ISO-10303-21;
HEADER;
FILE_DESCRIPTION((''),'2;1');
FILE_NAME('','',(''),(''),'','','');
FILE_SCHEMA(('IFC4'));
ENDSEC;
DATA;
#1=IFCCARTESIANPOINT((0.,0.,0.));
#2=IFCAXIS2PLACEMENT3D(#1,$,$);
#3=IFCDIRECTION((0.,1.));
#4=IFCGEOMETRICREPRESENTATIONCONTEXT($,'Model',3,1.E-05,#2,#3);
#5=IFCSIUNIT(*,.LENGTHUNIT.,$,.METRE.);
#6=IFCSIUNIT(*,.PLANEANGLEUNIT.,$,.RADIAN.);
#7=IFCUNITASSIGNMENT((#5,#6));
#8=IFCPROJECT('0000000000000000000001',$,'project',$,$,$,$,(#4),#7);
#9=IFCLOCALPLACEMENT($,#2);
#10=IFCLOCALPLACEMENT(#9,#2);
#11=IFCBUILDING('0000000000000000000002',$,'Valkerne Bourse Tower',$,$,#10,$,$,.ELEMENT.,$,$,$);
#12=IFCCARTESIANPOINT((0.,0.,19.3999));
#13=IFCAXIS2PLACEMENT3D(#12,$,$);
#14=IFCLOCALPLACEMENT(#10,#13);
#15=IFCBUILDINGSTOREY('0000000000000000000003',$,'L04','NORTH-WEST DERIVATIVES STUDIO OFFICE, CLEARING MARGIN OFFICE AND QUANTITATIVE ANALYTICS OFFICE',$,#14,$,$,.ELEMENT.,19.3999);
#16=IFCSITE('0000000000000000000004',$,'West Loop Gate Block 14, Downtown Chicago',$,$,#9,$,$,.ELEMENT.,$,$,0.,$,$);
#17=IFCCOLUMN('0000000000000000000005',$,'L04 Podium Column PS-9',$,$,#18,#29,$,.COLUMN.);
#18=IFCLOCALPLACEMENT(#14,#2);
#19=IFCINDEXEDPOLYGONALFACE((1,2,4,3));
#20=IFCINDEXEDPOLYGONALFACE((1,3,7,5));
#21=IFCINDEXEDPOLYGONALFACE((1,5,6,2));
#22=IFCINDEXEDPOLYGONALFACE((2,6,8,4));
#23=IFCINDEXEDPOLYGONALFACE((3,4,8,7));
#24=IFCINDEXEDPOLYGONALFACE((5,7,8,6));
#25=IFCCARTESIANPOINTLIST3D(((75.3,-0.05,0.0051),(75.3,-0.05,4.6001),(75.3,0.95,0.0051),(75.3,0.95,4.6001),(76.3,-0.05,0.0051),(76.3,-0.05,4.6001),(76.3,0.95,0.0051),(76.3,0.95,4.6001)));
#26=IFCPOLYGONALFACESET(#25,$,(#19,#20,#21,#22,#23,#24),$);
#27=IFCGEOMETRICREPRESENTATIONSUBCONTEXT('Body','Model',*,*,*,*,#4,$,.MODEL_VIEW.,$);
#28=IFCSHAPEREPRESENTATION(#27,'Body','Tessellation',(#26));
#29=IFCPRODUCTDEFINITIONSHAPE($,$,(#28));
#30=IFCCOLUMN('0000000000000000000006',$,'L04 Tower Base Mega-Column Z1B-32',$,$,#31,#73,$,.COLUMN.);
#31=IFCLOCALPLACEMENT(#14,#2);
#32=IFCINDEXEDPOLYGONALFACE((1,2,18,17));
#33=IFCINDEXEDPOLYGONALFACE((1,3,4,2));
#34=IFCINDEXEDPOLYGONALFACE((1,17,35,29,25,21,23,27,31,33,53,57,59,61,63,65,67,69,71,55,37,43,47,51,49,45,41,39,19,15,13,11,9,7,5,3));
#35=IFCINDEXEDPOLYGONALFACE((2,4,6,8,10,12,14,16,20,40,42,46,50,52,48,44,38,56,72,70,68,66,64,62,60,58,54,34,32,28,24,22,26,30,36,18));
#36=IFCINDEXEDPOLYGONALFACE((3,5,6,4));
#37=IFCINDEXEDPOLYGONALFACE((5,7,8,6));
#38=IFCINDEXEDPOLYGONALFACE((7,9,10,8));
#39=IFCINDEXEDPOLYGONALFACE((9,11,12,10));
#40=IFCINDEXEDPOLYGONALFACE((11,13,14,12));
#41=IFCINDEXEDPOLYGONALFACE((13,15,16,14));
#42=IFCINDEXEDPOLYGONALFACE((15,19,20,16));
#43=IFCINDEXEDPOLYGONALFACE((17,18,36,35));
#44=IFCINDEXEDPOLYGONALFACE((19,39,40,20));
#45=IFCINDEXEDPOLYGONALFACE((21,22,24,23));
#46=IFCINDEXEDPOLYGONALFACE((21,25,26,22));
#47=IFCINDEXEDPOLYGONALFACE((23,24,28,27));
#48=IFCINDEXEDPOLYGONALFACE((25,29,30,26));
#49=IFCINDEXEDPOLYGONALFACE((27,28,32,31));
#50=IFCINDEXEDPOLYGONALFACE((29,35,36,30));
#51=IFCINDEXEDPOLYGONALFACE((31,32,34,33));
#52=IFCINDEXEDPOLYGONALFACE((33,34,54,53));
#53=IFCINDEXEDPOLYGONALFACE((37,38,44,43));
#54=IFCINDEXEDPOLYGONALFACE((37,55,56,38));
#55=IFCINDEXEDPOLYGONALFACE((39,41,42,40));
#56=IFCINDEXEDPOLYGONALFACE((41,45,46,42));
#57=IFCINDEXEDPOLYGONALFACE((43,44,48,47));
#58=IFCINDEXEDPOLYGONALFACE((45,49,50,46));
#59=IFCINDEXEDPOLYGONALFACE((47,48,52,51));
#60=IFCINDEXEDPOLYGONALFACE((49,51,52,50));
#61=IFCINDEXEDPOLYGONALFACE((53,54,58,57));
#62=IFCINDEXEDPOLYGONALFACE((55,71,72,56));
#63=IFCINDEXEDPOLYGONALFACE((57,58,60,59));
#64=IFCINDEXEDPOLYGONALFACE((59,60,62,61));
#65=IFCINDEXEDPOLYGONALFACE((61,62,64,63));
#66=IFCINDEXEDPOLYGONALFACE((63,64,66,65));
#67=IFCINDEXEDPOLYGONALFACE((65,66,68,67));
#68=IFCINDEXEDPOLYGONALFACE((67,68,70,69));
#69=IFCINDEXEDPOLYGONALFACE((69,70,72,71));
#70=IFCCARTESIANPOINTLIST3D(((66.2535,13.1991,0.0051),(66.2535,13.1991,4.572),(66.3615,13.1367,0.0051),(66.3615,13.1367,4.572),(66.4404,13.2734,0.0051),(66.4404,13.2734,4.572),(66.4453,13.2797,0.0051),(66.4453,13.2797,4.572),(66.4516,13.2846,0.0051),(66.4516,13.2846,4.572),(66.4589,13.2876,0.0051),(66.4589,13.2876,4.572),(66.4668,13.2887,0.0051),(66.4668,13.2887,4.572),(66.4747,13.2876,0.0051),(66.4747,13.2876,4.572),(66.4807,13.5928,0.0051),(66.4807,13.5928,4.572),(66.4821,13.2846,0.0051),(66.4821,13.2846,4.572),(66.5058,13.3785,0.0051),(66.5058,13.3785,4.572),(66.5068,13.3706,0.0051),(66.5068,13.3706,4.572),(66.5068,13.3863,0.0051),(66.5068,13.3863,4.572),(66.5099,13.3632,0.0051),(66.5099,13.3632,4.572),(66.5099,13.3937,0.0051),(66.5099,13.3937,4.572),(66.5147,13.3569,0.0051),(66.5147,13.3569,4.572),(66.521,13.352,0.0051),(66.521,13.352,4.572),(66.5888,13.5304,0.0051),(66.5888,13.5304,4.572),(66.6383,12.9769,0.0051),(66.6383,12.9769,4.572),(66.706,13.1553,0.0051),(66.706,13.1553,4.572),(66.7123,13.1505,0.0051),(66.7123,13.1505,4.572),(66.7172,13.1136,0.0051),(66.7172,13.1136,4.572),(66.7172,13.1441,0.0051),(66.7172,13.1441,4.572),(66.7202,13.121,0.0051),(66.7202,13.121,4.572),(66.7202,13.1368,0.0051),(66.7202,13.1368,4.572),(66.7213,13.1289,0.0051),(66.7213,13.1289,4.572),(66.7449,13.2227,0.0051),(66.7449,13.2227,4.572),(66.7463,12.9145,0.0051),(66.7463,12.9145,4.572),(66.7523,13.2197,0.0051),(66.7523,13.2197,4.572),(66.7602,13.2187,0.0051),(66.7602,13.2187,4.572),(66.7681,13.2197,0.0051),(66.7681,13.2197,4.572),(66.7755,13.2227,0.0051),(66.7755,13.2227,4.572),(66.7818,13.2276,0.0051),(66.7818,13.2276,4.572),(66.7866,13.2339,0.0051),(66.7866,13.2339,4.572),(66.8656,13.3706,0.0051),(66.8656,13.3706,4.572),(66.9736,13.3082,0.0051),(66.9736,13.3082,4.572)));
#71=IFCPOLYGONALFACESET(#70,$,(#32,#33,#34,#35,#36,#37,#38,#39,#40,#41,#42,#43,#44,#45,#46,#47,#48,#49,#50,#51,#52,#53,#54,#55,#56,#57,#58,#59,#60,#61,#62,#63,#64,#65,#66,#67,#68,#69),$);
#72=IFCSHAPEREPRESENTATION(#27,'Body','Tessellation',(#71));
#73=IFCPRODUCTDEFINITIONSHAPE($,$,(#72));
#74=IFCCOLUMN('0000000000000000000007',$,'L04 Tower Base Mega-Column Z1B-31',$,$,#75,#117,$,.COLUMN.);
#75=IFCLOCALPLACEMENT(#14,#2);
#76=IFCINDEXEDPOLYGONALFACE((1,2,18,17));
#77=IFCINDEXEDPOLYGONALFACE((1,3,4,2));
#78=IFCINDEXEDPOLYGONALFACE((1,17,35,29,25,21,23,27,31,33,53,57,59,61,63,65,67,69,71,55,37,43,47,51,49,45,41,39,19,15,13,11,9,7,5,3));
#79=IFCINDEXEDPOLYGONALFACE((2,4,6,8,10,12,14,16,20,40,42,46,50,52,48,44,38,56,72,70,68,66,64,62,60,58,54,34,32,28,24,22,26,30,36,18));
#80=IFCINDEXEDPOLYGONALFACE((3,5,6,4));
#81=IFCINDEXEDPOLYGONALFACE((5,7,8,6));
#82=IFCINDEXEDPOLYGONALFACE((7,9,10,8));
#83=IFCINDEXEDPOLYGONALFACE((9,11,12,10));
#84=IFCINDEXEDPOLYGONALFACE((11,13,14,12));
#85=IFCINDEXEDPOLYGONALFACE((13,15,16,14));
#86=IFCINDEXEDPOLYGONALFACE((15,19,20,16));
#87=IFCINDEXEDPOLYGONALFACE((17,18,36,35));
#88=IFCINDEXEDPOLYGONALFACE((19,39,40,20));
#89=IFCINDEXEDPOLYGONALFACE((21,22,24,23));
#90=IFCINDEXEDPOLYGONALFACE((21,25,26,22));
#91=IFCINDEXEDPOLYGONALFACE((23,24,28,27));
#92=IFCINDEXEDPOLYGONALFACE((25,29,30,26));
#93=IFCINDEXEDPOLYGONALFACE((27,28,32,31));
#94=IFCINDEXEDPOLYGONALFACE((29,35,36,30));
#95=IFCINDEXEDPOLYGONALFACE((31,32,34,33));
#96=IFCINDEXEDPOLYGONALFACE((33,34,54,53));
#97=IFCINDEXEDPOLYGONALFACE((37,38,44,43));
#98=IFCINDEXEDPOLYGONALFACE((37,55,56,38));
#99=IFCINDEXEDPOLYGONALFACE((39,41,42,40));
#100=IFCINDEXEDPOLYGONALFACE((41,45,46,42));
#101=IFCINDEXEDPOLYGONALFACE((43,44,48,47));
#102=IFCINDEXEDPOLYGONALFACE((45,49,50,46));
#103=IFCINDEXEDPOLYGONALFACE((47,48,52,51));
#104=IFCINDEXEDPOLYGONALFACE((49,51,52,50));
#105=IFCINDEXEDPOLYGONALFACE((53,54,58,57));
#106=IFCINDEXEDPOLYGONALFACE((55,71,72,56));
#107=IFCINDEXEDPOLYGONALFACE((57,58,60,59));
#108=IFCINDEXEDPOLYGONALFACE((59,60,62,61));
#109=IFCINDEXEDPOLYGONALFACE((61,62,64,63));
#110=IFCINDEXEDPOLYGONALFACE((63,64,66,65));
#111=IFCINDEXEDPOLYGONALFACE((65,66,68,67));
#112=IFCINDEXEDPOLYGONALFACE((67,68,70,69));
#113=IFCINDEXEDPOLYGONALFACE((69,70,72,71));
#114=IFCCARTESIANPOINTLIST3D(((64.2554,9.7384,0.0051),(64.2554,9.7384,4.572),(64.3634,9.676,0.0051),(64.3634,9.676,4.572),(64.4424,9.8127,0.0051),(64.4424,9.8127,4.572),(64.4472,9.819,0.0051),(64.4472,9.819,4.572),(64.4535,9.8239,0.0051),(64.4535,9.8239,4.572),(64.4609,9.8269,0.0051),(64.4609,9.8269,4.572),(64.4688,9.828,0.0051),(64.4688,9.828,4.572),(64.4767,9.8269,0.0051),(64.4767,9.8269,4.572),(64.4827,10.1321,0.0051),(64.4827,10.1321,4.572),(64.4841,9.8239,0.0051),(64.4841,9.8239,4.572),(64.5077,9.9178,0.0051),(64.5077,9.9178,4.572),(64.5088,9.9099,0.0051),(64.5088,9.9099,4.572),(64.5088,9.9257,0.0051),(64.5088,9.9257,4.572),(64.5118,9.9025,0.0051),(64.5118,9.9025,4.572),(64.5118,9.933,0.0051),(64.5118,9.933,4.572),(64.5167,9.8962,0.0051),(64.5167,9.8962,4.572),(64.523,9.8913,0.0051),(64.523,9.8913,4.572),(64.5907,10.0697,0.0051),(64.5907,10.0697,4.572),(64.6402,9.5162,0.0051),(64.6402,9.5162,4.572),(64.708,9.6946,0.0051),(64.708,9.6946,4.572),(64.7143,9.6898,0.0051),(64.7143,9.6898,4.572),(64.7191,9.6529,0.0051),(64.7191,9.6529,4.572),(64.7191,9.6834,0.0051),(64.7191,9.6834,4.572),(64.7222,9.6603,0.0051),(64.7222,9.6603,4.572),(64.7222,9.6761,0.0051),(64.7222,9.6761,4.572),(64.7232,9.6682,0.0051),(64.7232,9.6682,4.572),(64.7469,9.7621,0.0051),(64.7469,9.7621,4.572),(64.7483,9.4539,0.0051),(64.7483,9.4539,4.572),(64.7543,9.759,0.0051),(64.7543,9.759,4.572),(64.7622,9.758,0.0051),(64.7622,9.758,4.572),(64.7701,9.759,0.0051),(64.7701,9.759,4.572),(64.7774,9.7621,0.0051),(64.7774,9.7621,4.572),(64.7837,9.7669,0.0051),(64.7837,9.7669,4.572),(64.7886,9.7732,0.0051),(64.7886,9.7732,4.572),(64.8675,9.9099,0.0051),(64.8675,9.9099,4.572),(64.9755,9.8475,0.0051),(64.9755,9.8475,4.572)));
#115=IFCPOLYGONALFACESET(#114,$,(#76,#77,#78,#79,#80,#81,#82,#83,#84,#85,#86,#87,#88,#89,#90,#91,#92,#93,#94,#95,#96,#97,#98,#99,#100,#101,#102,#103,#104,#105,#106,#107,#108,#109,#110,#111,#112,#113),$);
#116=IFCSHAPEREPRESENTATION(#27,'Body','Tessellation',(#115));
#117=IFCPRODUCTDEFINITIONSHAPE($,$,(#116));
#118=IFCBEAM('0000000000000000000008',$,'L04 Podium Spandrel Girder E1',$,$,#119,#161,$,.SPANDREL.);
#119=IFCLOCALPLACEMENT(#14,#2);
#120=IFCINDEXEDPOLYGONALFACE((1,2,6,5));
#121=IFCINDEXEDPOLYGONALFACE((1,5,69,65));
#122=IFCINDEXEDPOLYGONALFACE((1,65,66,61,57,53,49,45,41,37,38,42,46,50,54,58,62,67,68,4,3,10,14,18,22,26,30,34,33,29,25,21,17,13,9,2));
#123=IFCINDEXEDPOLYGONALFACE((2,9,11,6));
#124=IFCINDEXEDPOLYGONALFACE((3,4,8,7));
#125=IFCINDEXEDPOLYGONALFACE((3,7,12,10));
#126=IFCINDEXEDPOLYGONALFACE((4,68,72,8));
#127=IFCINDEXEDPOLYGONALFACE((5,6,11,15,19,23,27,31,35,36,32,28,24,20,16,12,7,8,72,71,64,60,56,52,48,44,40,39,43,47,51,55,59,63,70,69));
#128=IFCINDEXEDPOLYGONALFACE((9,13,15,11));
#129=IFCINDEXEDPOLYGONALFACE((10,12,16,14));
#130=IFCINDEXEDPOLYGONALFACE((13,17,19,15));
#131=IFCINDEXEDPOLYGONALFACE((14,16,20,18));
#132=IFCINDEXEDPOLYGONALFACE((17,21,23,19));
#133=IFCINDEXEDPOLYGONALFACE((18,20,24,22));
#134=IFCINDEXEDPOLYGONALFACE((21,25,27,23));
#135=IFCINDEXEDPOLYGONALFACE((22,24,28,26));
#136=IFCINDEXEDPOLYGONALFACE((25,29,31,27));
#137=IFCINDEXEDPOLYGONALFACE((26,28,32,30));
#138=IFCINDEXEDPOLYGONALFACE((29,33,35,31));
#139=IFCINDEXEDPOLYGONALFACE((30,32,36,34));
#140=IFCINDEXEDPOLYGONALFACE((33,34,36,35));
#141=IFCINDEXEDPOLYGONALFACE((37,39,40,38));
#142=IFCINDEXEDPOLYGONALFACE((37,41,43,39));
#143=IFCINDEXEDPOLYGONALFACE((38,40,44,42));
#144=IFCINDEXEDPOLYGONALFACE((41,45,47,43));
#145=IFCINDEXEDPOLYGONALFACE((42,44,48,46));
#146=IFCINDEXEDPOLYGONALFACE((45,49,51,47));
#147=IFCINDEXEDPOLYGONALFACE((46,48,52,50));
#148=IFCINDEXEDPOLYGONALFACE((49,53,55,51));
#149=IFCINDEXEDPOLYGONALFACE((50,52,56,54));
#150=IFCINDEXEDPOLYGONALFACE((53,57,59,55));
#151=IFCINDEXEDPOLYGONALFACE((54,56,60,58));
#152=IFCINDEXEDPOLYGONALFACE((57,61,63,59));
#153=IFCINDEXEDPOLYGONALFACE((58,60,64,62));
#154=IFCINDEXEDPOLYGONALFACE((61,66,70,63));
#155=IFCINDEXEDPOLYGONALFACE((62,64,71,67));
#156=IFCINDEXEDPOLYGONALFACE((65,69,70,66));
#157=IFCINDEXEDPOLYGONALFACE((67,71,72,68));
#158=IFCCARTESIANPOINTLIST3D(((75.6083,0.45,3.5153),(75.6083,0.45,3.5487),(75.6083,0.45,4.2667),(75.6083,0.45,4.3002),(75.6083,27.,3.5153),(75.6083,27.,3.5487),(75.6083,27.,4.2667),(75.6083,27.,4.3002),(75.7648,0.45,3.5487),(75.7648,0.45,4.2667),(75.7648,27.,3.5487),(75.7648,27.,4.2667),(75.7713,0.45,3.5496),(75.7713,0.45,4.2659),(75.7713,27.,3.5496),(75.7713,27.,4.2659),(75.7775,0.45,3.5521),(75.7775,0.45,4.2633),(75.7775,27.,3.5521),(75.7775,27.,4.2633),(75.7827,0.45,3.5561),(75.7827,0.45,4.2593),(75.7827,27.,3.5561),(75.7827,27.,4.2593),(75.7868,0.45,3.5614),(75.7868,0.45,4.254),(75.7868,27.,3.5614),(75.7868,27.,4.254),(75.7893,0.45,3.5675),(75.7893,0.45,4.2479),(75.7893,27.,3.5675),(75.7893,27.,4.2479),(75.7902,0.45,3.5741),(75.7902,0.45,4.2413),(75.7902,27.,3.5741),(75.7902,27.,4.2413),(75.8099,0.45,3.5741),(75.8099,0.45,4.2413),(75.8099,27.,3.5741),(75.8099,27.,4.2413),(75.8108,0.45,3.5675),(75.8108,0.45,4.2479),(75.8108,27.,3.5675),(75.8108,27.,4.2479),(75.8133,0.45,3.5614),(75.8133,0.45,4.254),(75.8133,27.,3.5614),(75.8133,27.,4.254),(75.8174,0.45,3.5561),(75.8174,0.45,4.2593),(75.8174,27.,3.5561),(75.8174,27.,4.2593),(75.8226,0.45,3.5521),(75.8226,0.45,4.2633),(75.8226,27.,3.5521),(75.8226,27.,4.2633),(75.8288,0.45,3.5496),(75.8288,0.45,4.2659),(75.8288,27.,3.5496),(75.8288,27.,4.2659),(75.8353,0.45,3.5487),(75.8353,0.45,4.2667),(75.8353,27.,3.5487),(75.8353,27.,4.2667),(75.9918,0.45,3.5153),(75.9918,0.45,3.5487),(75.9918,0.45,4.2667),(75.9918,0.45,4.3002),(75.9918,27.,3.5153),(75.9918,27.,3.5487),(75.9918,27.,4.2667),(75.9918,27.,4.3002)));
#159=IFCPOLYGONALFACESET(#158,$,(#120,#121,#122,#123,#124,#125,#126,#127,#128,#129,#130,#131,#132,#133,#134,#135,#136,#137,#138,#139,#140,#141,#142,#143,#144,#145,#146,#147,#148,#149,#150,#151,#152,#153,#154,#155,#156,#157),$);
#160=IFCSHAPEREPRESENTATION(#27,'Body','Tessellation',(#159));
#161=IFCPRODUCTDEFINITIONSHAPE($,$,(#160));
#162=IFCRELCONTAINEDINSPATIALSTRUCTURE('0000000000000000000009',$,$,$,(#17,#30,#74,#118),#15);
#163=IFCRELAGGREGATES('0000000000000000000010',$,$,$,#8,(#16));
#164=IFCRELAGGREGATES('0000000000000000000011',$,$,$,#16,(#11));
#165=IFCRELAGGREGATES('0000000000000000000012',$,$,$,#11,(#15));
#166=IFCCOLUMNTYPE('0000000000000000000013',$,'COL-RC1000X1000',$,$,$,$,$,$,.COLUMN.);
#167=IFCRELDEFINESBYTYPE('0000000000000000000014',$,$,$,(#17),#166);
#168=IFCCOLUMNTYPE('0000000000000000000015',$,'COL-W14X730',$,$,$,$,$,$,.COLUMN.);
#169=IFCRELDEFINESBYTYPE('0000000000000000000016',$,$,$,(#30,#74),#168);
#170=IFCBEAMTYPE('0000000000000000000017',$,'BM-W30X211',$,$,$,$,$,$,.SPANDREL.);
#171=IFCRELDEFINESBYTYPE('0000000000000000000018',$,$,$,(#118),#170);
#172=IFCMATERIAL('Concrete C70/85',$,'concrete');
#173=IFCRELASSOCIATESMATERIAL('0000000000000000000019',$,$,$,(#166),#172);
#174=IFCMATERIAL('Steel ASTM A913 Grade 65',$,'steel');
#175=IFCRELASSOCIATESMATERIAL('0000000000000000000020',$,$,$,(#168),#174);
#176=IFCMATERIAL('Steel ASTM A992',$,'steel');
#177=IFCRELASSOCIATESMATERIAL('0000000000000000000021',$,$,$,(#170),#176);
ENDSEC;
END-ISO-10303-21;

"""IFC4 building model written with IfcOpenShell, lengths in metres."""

from ifc_helpers import new_model, si_unit, direction, frame, origin, origin_2d, place, context, subcontext, project, spatial, rectangle, i_section, extrude, material, material_profile, profile_set, type_object, element, save


model = new_model("IFC4")

# Units and contexts
model_context = context("Model", 3, precision=1e-05, world=origin(), true_north=direction((0.0, 1.0)))
body_context = subcontext(model_context, "Body", "Model", "MODEL_VIEW")
ifc_project = project(units=[si_unit("LENGTHUNIT", "METRE"), si_unit("PLANEANGLEUNIT", "RADIAN")], contexts=[model_context])

# Site, building, storey
site_placement = place(None, origin())
site = spatial("IfcSite", under=ifc_project, at=site_placement, Name="West Loop Gate Block 14, Downtown Chicago", CompositionType="ELEMENT", RefElevation=0.0)
building_placement = place(site_placement, origin())
building = spatial("IfcBuilding", under=site, at=building_placement, Name="Valkerne Bourse Tower", CompositionType="ELEMENT")
storey_placement = place(building_placement, frame((0.0, 0.0, 19.3999)))
storey = spatial("IfcBuildingStorey", under=building, at=storey_placement, Name="L04", Description="NORTH-WEST DERIVATIVES STUDIO OFFICE, CLEARING MARGIN OFFICE AND QUANTITATIVE ANALYTICS OFFICE", CompositionType="ELEMENT", Elevation=19.3999)

# Columns
ifc_material_1 = material(Name="Concrete C70/85", Category="concrete")
ifc_material_profile_1 = material_profile(ifc_material_1, rectangle(XDim=1.0, YDim=1.0, at=origin_2d()), Name="RC1000X1000")
ifc_profile_set_1 = profile_set([ifc_material_profile_1], Name="Concrete C70/85")
column_type_1 = type_object("IfcColumnType", Name="COL-RC1000X1000", PredefinedType="COLUMN", material=ifc_profile_set_1)
column_placement = place(storey_placement, frame((75.8, 0.45, 0.0051), z_axis=(0.0, 0.0, 1.0), x_axis=(1.0, 0.0, 0.0)))
element("IfcColumn", 1, at=column_placement, inside=storey, type_object=column_type_1, Name="L04 Podium Column PS-9", PredefinedType="COLUMN", context=body_context, shape_type="SweptSolid", body=[
    extrude(rectangle(XDim=1.0, YDim=1.0, at=origin_2d()), origin(), (0.0, 0.0, 1.0), 4.595),
])
ifc_material_2 = material(Name="Steel ASTM A913 Grade 65", Category="steel")
ifc_material_profile_2 = material_profile(ifc_material_2, i_section(OverallWidth=0.4546, OverallDepth=0.5691, WebThickness=0.0779, FlangeThickness=0.1248, FilletRadius=0.0305, at=origin_2d()), Name="W14X730")
ifc_profile_set_2 = profile_set([ifc_material_profile_2], Name="Steel ASTM A913 Grade 65")
column_type_2 = type_object("IfcColumnType", Name="COL-W14X730", PredefinedType="COLUMN", material=ifc_profile_set_2)
for number, where, z_axis, x_axis, name in (
    (2, (66.6135, 13.2537, 0.0051), (0.0, 0.0, 1.0), (0.5, 0.866025, 0.0), "L04 Tower Base Mega-Column Z1B-32"),
    (3, (64.6155, 9.793, 0.0051), (0.0, 0.0, 1.0), (0.5, 0.866025, 0.0), "L04 Tower Base Mega-Column Z1B-31"),
):
    element("IfcColumn", number, at=place(storey_placement, frame(where, z_axis=z_axis, x_axis=x_axis)), inside=storey, type_object=column_type_2, Name=name, PredefinedType="COLUMN", context=body_context, shape_type="SweptSolid", body=[
        extrude(i_section(OverallWidth=0.4546, OverallDepth=0.5691, WebThickness=0.0779, FlangeThickness=0.1248, FilletRadius=0.0305, at=origin_2d()), origin(), (0.0, 0.0, 1.0), 4.5669),
    ])

# Beam
ifc_material_3 = material(Name="Steel ASTM A992", Category="steel")
ifc_material_profile_3 = material_profile(ifc_material_3, i_section(OverallWidth=0.3835, OverallDepth=0.7849, WebThickness=0.0198, FlangeThickness=0.0334, FilletRadius=0.0254, at=origin_2d()), Name="W30X211")
ifc_profile_set_3 = profile_set([ifc_material_profile_3], Name="Steel ASTM A992")
beam_type = type_object("IfcBeamType", Name="BM-W30X211", PredefinedType="SPANDREL", material=ifc_profile_set_3)
beam_placement = place(storey_placement, frame((75.8, 0.45, 3.9077), z_axis=(0.0, 1.0, 0.0), x_axis=(-1.0, 0.0, 0.0)))
element("IfcBeam", 4, at=beam_placement, inside=storey, type_object=beam_type, Name="L04 Podium Spandrel Girder E1", PredefinedType="SPANDREL", context=body_context, shape_type="SweptSolid", body=[
    extrude(i_section(OverallWidth=0.3835, OverallDepth=0.7849, WebThickness=0.0198, FlangeThickness=0.0334, FilletRadius=0.0254, at=origin_2d()), origin(), (0.0, 0.0, 1.0), 26.55),
])

save(model, "model.ifc")
